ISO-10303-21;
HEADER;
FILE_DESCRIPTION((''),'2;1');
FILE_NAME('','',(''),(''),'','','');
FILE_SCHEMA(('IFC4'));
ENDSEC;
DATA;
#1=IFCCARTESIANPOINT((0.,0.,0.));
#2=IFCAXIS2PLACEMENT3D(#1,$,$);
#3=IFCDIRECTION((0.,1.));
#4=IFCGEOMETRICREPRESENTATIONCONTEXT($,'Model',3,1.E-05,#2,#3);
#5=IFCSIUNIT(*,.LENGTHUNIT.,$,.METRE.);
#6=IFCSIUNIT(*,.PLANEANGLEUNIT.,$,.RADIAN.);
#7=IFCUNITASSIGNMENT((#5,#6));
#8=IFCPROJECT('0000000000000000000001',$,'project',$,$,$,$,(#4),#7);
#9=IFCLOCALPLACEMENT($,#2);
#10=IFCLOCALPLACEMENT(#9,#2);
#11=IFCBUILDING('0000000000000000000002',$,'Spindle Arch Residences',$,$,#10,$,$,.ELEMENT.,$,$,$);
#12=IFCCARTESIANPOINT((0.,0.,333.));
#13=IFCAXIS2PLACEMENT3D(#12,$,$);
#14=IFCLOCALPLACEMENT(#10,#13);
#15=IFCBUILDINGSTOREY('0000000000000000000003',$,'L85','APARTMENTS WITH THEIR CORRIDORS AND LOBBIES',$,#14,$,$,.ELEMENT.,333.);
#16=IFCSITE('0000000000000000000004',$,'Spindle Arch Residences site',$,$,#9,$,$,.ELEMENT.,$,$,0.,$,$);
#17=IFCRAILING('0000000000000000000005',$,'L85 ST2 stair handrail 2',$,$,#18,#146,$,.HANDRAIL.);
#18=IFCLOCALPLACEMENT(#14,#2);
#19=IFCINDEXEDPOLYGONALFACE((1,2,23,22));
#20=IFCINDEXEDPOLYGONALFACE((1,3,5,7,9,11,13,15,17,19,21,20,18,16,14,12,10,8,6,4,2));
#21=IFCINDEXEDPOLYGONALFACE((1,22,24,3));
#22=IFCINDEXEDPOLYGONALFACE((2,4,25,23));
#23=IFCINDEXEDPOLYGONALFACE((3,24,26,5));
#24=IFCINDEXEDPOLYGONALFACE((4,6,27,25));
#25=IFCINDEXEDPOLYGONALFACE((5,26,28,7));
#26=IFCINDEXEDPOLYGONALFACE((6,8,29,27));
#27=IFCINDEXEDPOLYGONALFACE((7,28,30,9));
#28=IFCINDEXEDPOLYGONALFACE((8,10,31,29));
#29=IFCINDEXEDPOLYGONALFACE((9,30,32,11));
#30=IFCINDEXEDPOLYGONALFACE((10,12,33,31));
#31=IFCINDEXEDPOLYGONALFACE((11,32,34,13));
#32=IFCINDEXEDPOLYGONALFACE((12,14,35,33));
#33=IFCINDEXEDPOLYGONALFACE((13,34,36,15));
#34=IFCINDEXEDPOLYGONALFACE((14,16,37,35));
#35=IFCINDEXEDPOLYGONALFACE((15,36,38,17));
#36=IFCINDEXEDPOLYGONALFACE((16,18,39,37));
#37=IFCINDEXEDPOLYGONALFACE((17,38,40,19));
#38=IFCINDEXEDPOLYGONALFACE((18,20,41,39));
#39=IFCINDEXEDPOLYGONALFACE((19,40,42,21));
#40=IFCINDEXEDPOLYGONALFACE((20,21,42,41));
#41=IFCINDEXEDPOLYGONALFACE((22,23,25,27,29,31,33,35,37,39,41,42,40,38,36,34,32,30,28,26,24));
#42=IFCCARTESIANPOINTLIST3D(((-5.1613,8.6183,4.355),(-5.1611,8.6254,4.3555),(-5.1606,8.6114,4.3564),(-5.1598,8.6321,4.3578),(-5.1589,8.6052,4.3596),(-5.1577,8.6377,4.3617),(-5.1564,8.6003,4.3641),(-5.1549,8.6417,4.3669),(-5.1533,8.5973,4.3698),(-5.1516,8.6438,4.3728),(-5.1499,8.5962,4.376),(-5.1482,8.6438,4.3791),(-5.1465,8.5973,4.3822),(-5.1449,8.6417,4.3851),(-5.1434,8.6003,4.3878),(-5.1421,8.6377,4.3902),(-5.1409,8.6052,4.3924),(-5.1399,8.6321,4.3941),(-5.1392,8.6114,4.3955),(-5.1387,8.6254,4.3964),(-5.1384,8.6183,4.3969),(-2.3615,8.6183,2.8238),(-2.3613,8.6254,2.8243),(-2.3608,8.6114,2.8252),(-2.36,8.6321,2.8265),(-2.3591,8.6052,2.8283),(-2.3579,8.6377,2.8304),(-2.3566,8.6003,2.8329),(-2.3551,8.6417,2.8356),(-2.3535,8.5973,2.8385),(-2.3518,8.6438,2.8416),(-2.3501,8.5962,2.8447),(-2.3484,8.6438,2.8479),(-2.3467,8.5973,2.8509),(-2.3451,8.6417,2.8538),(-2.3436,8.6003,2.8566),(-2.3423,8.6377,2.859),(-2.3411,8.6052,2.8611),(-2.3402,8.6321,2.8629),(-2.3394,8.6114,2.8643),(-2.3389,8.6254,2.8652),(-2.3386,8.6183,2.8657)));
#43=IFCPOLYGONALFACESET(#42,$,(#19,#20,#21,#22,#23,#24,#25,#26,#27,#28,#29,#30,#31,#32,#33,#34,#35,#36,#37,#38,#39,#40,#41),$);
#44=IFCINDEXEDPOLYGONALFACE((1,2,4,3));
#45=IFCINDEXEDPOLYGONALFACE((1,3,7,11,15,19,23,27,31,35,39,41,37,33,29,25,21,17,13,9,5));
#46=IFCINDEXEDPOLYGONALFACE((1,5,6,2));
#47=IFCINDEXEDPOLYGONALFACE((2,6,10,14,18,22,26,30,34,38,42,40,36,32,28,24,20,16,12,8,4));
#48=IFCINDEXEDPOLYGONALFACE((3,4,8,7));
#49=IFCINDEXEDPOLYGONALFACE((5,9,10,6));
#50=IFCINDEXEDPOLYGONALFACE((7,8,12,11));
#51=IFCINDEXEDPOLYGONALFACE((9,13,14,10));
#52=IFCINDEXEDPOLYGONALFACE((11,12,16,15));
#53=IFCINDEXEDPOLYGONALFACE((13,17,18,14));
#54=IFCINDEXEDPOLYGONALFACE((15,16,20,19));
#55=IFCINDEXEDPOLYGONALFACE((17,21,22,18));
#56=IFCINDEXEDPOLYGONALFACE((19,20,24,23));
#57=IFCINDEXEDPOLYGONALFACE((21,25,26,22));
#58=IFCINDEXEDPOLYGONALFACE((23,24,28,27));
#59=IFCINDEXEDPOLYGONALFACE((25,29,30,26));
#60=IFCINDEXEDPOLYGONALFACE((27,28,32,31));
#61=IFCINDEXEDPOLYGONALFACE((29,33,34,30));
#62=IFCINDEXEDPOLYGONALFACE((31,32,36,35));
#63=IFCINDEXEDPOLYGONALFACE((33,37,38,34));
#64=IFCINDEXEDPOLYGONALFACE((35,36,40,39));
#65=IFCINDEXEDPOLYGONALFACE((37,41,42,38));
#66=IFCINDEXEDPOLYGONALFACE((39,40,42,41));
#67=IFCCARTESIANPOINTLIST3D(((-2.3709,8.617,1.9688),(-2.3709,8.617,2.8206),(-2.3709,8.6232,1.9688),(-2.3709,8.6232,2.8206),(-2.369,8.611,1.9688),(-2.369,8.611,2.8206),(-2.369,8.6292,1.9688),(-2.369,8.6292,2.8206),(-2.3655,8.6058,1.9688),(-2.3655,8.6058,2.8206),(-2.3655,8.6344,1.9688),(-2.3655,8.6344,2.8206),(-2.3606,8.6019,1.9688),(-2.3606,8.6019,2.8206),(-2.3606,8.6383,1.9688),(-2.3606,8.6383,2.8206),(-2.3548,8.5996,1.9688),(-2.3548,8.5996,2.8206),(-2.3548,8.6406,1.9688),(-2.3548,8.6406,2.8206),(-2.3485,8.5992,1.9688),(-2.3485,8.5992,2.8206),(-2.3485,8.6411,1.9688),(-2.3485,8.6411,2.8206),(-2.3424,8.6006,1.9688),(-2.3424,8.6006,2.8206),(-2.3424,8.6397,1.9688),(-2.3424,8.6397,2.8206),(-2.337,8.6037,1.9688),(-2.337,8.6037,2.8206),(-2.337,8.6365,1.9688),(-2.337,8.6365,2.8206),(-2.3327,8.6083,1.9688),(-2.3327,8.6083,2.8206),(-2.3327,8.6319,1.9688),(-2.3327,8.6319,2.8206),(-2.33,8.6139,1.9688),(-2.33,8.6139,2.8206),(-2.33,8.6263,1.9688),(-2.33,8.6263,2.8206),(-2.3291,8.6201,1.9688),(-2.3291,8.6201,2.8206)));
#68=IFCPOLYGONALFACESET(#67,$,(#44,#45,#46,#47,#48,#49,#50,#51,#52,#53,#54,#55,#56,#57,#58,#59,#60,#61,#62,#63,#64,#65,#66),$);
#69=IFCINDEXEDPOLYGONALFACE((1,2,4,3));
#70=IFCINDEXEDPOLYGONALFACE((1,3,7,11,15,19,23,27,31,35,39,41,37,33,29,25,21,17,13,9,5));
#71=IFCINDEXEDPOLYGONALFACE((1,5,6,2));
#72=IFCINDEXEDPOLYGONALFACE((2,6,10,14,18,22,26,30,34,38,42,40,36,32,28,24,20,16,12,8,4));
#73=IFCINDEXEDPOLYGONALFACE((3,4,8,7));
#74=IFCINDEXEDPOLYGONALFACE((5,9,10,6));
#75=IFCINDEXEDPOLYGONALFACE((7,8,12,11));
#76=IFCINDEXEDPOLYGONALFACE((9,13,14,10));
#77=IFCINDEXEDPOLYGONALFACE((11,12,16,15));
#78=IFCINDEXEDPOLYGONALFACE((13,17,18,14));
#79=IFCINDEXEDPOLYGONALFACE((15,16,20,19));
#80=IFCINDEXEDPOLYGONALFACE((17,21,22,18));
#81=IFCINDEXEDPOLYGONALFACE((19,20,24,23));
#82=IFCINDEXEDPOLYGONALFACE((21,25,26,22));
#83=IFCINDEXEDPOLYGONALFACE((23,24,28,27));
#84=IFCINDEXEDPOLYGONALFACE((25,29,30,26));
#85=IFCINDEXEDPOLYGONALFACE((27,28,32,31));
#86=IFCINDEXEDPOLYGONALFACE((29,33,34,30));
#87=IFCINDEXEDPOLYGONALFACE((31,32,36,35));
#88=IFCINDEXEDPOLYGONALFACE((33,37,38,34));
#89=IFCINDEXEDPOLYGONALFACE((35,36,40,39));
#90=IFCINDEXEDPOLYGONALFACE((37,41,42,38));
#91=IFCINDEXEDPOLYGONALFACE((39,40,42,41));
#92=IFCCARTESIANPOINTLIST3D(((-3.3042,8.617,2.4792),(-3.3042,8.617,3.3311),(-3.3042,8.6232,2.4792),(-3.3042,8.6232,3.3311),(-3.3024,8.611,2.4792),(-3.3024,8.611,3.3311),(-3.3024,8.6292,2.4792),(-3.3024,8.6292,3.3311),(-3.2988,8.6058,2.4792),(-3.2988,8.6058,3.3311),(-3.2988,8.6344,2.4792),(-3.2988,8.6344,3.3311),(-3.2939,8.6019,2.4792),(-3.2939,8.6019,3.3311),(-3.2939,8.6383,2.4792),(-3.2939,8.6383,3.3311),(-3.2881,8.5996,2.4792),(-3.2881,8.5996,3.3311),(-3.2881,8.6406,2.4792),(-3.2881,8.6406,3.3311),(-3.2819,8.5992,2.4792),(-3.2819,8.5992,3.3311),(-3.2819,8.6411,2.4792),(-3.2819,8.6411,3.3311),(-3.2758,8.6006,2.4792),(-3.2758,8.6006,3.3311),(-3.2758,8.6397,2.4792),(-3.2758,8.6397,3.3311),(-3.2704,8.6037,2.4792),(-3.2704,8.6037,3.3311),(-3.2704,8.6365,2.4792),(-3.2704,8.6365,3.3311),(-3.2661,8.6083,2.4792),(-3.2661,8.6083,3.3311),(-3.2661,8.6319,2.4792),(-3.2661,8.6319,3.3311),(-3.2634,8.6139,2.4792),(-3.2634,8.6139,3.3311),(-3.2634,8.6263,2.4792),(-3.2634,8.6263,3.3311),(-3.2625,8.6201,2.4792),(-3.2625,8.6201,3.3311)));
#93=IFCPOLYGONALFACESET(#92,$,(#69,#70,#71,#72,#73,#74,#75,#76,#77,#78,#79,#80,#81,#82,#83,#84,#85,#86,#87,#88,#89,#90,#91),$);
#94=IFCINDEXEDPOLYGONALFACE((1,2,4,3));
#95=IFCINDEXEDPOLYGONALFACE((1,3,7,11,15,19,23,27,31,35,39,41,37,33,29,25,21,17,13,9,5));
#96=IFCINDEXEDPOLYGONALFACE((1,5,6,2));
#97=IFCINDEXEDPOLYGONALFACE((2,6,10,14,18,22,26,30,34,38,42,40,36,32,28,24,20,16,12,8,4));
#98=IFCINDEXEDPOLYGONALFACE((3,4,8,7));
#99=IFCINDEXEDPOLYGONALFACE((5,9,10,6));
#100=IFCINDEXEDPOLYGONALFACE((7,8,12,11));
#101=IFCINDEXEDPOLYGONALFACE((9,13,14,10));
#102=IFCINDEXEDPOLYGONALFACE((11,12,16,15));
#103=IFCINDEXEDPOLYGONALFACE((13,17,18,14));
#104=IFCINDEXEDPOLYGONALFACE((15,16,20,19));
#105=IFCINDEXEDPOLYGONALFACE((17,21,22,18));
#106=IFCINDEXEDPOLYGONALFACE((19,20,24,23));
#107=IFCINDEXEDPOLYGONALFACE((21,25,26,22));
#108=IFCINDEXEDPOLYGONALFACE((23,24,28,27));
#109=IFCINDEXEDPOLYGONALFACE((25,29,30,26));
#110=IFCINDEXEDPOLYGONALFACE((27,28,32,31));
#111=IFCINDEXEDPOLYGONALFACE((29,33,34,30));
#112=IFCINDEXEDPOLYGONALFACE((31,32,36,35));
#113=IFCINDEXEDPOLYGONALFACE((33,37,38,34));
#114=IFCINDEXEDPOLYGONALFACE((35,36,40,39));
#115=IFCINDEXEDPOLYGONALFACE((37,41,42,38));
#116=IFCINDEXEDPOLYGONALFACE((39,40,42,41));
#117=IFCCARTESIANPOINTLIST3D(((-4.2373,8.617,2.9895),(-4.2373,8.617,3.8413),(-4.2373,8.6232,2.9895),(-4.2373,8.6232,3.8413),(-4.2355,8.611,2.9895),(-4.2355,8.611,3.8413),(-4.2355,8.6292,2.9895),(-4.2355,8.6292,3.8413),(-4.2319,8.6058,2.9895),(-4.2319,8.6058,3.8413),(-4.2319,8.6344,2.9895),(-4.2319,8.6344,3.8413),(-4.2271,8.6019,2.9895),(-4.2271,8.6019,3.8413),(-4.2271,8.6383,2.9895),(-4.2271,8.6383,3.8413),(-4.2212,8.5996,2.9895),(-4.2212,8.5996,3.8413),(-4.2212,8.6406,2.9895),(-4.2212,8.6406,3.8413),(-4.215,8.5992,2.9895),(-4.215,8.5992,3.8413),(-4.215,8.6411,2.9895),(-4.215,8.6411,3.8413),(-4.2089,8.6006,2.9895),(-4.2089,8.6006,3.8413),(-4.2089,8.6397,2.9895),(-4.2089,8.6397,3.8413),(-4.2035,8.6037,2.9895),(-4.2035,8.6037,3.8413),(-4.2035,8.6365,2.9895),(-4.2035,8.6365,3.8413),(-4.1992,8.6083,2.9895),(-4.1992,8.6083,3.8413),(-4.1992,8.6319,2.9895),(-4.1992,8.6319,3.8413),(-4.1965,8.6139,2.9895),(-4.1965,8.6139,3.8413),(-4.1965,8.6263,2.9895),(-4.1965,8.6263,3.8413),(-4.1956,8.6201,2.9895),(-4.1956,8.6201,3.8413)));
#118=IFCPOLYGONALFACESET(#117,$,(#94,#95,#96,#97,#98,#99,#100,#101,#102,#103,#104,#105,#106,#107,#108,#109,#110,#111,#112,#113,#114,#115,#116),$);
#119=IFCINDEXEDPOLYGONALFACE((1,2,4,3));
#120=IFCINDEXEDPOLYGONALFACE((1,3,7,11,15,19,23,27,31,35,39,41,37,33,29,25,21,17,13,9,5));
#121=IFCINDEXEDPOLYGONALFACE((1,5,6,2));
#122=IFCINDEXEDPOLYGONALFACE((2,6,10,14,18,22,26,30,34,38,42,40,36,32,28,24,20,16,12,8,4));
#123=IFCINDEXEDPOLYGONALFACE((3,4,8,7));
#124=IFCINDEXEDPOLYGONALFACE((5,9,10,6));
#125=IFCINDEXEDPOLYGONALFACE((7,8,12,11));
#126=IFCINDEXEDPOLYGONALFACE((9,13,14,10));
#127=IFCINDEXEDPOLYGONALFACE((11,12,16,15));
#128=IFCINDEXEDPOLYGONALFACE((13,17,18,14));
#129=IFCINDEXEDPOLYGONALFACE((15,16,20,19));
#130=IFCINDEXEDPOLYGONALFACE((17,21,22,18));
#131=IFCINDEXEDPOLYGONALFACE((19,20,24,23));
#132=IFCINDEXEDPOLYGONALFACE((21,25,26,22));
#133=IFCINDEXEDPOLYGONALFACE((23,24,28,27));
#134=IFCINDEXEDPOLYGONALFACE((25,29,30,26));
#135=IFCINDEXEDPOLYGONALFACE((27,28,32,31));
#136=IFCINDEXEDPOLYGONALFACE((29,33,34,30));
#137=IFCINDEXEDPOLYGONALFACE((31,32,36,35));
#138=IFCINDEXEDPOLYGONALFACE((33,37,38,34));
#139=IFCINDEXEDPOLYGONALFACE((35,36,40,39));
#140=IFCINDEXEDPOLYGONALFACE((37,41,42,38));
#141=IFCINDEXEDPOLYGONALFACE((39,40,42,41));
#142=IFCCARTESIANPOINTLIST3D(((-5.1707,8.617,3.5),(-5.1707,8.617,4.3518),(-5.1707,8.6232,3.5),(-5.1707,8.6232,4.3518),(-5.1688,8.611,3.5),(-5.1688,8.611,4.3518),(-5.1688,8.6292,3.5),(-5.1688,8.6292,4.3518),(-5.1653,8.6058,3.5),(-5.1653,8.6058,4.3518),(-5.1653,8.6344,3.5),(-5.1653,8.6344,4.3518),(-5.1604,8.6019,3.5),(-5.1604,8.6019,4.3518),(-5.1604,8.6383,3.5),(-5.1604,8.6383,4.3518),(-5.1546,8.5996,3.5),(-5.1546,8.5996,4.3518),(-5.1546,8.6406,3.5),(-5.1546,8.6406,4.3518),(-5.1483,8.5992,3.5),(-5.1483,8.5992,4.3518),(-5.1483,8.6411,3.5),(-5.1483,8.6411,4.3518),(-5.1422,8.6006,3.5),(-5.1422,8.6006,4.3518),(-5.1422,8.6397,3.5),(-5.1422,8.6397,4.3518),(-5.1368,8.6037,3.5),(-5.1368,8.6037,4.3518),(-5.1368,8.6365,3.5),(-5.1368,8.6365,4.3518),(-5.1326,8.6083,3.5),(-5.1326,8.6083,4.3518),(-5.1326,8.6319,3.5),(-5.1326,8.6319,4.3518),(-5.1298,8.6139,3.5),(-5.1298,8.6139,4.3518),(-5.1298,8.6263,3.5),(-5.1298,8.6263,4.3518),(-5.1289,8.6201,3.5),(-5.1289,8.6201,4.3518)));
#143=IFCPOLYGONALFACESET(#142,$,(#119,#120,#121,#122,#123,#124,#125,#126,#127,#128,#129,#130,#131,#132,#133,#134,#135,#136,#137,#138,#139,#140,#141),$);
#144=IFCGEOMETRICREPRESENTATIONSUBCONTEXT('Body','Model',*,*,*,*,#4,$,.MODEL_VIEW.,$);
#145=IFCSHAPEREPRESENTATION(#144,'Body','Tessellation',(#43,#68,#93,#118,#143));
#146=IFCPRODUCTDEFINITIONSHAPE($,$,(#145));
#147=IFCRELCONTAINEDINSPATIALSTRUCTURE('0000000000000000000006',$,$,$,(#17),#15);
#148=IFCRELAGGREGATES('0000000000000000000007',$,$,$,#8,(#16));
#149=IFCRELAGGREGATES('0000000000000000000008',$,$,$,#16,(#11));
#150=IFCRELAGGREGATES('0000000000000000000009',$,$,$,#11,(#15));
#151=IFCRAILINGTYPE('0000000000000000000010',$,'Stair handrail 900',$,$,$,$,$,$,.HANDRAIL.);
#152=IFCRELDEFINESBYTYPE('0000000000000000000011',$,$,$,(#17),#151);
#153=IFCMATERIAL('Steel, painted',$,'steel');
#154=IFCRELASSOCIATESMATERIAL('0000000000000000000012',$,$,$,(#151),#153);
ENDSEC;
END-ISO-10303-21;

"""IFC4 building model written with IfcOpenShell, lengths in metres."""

from ifc_helpers import new_model, si_unit, direction, frame, origin, origin_2d, place, context, subcontext, project, spatial, circle, extrude, material, type_object, element, save


model = new_model("IFC4")

# Units and contexts
model_context = context("Model", 3, precision=1e-05, world=origin(), true_north=direction((0.0, 1.0)))
body_context = subcontext(model_context, "Body", "Model", "MODEL_VIEW")
ifc_project = project(units=[si_unit("LENGTHUNIT", "METRE"), si_unit("PLANEANGLEUNIT", "RADIAN")], contexts=[model_context])

# Site, building, storey
site_placement = place(None, origin())
site = spatial("IfcSite", under=ifc_project, at=site_placement, Name="Spindle Arch Residences site", CompositionType="ELEMENT", RefElevation=0.0)
building_placement = place(site_placement, origin())
building = spatial("IfcBuilding", under=site, at=building_placement, Name="Spindle Arch Residences", CompositionType="ELEMENT")
storey_placement = place(building_placement, frame((0.0, 0.0, 333.0)))
storey = spatial("IfcBuildingStorey", under=building, at=storey_placement, Name="L85", Description="APARTMENTS WITH THEIR CORRIDORS AND LOBBIES", CompositionType="ELEMENT", Elevation=333.0)

# Railing
ifc_material_1 = material(Name="Steel, painted", Category="steel")
railing_type_1 = type_object("IfcRailingType", Name="Stair handrail 900", PredefinedType="HANDRAIL", material=ifc_material_1)
railing_1_placement = place(storey_placement, frame((-2.3501, 8.6201, 1.9688)))
element("IfcRailing", 1, at=railing_1_placement, inside=storey, type_object=railing_type_1, Name="L85 ST2 stair handrail 2", PredefinedType="HANDRAIL", context=body_context, shape_type="SweptSolid", body=[
    extrude(circle(Radius=0.0239, at=origin_2d()), frame((0.0, 0.0, 0.876), z_axis=(-0.877357, 0.0, 0.479838), x_axis=(0.0, -1.0, 0.0)), (0.0, 0.0, 1.0), 3.1912),
    extrude(circle(Radius=0.021, at=origin_2d()), origin(), (0.0, 0.0, 1.0), 0.8518),
    extrude(circle(Radius=0.021, at=origin_2d()), frame((-0.9333, 0.0, 0.5105)), (0.0, 0.0, 1.0), 0.8518),
    extrude(circle(Radius=0.021, at=origin_2d()), frame((-1.8665, 0.0, 1.0208)), (0.0, 0.0, 1.0), 0.8518),
    extrude(circle(Radius=0.021, at=origin_2d()), frame((-2.7998, 0.0, 1.5312)), (0.0, 0.0, 1.0), 0.8518),
])

save(model, "model.ifc")
